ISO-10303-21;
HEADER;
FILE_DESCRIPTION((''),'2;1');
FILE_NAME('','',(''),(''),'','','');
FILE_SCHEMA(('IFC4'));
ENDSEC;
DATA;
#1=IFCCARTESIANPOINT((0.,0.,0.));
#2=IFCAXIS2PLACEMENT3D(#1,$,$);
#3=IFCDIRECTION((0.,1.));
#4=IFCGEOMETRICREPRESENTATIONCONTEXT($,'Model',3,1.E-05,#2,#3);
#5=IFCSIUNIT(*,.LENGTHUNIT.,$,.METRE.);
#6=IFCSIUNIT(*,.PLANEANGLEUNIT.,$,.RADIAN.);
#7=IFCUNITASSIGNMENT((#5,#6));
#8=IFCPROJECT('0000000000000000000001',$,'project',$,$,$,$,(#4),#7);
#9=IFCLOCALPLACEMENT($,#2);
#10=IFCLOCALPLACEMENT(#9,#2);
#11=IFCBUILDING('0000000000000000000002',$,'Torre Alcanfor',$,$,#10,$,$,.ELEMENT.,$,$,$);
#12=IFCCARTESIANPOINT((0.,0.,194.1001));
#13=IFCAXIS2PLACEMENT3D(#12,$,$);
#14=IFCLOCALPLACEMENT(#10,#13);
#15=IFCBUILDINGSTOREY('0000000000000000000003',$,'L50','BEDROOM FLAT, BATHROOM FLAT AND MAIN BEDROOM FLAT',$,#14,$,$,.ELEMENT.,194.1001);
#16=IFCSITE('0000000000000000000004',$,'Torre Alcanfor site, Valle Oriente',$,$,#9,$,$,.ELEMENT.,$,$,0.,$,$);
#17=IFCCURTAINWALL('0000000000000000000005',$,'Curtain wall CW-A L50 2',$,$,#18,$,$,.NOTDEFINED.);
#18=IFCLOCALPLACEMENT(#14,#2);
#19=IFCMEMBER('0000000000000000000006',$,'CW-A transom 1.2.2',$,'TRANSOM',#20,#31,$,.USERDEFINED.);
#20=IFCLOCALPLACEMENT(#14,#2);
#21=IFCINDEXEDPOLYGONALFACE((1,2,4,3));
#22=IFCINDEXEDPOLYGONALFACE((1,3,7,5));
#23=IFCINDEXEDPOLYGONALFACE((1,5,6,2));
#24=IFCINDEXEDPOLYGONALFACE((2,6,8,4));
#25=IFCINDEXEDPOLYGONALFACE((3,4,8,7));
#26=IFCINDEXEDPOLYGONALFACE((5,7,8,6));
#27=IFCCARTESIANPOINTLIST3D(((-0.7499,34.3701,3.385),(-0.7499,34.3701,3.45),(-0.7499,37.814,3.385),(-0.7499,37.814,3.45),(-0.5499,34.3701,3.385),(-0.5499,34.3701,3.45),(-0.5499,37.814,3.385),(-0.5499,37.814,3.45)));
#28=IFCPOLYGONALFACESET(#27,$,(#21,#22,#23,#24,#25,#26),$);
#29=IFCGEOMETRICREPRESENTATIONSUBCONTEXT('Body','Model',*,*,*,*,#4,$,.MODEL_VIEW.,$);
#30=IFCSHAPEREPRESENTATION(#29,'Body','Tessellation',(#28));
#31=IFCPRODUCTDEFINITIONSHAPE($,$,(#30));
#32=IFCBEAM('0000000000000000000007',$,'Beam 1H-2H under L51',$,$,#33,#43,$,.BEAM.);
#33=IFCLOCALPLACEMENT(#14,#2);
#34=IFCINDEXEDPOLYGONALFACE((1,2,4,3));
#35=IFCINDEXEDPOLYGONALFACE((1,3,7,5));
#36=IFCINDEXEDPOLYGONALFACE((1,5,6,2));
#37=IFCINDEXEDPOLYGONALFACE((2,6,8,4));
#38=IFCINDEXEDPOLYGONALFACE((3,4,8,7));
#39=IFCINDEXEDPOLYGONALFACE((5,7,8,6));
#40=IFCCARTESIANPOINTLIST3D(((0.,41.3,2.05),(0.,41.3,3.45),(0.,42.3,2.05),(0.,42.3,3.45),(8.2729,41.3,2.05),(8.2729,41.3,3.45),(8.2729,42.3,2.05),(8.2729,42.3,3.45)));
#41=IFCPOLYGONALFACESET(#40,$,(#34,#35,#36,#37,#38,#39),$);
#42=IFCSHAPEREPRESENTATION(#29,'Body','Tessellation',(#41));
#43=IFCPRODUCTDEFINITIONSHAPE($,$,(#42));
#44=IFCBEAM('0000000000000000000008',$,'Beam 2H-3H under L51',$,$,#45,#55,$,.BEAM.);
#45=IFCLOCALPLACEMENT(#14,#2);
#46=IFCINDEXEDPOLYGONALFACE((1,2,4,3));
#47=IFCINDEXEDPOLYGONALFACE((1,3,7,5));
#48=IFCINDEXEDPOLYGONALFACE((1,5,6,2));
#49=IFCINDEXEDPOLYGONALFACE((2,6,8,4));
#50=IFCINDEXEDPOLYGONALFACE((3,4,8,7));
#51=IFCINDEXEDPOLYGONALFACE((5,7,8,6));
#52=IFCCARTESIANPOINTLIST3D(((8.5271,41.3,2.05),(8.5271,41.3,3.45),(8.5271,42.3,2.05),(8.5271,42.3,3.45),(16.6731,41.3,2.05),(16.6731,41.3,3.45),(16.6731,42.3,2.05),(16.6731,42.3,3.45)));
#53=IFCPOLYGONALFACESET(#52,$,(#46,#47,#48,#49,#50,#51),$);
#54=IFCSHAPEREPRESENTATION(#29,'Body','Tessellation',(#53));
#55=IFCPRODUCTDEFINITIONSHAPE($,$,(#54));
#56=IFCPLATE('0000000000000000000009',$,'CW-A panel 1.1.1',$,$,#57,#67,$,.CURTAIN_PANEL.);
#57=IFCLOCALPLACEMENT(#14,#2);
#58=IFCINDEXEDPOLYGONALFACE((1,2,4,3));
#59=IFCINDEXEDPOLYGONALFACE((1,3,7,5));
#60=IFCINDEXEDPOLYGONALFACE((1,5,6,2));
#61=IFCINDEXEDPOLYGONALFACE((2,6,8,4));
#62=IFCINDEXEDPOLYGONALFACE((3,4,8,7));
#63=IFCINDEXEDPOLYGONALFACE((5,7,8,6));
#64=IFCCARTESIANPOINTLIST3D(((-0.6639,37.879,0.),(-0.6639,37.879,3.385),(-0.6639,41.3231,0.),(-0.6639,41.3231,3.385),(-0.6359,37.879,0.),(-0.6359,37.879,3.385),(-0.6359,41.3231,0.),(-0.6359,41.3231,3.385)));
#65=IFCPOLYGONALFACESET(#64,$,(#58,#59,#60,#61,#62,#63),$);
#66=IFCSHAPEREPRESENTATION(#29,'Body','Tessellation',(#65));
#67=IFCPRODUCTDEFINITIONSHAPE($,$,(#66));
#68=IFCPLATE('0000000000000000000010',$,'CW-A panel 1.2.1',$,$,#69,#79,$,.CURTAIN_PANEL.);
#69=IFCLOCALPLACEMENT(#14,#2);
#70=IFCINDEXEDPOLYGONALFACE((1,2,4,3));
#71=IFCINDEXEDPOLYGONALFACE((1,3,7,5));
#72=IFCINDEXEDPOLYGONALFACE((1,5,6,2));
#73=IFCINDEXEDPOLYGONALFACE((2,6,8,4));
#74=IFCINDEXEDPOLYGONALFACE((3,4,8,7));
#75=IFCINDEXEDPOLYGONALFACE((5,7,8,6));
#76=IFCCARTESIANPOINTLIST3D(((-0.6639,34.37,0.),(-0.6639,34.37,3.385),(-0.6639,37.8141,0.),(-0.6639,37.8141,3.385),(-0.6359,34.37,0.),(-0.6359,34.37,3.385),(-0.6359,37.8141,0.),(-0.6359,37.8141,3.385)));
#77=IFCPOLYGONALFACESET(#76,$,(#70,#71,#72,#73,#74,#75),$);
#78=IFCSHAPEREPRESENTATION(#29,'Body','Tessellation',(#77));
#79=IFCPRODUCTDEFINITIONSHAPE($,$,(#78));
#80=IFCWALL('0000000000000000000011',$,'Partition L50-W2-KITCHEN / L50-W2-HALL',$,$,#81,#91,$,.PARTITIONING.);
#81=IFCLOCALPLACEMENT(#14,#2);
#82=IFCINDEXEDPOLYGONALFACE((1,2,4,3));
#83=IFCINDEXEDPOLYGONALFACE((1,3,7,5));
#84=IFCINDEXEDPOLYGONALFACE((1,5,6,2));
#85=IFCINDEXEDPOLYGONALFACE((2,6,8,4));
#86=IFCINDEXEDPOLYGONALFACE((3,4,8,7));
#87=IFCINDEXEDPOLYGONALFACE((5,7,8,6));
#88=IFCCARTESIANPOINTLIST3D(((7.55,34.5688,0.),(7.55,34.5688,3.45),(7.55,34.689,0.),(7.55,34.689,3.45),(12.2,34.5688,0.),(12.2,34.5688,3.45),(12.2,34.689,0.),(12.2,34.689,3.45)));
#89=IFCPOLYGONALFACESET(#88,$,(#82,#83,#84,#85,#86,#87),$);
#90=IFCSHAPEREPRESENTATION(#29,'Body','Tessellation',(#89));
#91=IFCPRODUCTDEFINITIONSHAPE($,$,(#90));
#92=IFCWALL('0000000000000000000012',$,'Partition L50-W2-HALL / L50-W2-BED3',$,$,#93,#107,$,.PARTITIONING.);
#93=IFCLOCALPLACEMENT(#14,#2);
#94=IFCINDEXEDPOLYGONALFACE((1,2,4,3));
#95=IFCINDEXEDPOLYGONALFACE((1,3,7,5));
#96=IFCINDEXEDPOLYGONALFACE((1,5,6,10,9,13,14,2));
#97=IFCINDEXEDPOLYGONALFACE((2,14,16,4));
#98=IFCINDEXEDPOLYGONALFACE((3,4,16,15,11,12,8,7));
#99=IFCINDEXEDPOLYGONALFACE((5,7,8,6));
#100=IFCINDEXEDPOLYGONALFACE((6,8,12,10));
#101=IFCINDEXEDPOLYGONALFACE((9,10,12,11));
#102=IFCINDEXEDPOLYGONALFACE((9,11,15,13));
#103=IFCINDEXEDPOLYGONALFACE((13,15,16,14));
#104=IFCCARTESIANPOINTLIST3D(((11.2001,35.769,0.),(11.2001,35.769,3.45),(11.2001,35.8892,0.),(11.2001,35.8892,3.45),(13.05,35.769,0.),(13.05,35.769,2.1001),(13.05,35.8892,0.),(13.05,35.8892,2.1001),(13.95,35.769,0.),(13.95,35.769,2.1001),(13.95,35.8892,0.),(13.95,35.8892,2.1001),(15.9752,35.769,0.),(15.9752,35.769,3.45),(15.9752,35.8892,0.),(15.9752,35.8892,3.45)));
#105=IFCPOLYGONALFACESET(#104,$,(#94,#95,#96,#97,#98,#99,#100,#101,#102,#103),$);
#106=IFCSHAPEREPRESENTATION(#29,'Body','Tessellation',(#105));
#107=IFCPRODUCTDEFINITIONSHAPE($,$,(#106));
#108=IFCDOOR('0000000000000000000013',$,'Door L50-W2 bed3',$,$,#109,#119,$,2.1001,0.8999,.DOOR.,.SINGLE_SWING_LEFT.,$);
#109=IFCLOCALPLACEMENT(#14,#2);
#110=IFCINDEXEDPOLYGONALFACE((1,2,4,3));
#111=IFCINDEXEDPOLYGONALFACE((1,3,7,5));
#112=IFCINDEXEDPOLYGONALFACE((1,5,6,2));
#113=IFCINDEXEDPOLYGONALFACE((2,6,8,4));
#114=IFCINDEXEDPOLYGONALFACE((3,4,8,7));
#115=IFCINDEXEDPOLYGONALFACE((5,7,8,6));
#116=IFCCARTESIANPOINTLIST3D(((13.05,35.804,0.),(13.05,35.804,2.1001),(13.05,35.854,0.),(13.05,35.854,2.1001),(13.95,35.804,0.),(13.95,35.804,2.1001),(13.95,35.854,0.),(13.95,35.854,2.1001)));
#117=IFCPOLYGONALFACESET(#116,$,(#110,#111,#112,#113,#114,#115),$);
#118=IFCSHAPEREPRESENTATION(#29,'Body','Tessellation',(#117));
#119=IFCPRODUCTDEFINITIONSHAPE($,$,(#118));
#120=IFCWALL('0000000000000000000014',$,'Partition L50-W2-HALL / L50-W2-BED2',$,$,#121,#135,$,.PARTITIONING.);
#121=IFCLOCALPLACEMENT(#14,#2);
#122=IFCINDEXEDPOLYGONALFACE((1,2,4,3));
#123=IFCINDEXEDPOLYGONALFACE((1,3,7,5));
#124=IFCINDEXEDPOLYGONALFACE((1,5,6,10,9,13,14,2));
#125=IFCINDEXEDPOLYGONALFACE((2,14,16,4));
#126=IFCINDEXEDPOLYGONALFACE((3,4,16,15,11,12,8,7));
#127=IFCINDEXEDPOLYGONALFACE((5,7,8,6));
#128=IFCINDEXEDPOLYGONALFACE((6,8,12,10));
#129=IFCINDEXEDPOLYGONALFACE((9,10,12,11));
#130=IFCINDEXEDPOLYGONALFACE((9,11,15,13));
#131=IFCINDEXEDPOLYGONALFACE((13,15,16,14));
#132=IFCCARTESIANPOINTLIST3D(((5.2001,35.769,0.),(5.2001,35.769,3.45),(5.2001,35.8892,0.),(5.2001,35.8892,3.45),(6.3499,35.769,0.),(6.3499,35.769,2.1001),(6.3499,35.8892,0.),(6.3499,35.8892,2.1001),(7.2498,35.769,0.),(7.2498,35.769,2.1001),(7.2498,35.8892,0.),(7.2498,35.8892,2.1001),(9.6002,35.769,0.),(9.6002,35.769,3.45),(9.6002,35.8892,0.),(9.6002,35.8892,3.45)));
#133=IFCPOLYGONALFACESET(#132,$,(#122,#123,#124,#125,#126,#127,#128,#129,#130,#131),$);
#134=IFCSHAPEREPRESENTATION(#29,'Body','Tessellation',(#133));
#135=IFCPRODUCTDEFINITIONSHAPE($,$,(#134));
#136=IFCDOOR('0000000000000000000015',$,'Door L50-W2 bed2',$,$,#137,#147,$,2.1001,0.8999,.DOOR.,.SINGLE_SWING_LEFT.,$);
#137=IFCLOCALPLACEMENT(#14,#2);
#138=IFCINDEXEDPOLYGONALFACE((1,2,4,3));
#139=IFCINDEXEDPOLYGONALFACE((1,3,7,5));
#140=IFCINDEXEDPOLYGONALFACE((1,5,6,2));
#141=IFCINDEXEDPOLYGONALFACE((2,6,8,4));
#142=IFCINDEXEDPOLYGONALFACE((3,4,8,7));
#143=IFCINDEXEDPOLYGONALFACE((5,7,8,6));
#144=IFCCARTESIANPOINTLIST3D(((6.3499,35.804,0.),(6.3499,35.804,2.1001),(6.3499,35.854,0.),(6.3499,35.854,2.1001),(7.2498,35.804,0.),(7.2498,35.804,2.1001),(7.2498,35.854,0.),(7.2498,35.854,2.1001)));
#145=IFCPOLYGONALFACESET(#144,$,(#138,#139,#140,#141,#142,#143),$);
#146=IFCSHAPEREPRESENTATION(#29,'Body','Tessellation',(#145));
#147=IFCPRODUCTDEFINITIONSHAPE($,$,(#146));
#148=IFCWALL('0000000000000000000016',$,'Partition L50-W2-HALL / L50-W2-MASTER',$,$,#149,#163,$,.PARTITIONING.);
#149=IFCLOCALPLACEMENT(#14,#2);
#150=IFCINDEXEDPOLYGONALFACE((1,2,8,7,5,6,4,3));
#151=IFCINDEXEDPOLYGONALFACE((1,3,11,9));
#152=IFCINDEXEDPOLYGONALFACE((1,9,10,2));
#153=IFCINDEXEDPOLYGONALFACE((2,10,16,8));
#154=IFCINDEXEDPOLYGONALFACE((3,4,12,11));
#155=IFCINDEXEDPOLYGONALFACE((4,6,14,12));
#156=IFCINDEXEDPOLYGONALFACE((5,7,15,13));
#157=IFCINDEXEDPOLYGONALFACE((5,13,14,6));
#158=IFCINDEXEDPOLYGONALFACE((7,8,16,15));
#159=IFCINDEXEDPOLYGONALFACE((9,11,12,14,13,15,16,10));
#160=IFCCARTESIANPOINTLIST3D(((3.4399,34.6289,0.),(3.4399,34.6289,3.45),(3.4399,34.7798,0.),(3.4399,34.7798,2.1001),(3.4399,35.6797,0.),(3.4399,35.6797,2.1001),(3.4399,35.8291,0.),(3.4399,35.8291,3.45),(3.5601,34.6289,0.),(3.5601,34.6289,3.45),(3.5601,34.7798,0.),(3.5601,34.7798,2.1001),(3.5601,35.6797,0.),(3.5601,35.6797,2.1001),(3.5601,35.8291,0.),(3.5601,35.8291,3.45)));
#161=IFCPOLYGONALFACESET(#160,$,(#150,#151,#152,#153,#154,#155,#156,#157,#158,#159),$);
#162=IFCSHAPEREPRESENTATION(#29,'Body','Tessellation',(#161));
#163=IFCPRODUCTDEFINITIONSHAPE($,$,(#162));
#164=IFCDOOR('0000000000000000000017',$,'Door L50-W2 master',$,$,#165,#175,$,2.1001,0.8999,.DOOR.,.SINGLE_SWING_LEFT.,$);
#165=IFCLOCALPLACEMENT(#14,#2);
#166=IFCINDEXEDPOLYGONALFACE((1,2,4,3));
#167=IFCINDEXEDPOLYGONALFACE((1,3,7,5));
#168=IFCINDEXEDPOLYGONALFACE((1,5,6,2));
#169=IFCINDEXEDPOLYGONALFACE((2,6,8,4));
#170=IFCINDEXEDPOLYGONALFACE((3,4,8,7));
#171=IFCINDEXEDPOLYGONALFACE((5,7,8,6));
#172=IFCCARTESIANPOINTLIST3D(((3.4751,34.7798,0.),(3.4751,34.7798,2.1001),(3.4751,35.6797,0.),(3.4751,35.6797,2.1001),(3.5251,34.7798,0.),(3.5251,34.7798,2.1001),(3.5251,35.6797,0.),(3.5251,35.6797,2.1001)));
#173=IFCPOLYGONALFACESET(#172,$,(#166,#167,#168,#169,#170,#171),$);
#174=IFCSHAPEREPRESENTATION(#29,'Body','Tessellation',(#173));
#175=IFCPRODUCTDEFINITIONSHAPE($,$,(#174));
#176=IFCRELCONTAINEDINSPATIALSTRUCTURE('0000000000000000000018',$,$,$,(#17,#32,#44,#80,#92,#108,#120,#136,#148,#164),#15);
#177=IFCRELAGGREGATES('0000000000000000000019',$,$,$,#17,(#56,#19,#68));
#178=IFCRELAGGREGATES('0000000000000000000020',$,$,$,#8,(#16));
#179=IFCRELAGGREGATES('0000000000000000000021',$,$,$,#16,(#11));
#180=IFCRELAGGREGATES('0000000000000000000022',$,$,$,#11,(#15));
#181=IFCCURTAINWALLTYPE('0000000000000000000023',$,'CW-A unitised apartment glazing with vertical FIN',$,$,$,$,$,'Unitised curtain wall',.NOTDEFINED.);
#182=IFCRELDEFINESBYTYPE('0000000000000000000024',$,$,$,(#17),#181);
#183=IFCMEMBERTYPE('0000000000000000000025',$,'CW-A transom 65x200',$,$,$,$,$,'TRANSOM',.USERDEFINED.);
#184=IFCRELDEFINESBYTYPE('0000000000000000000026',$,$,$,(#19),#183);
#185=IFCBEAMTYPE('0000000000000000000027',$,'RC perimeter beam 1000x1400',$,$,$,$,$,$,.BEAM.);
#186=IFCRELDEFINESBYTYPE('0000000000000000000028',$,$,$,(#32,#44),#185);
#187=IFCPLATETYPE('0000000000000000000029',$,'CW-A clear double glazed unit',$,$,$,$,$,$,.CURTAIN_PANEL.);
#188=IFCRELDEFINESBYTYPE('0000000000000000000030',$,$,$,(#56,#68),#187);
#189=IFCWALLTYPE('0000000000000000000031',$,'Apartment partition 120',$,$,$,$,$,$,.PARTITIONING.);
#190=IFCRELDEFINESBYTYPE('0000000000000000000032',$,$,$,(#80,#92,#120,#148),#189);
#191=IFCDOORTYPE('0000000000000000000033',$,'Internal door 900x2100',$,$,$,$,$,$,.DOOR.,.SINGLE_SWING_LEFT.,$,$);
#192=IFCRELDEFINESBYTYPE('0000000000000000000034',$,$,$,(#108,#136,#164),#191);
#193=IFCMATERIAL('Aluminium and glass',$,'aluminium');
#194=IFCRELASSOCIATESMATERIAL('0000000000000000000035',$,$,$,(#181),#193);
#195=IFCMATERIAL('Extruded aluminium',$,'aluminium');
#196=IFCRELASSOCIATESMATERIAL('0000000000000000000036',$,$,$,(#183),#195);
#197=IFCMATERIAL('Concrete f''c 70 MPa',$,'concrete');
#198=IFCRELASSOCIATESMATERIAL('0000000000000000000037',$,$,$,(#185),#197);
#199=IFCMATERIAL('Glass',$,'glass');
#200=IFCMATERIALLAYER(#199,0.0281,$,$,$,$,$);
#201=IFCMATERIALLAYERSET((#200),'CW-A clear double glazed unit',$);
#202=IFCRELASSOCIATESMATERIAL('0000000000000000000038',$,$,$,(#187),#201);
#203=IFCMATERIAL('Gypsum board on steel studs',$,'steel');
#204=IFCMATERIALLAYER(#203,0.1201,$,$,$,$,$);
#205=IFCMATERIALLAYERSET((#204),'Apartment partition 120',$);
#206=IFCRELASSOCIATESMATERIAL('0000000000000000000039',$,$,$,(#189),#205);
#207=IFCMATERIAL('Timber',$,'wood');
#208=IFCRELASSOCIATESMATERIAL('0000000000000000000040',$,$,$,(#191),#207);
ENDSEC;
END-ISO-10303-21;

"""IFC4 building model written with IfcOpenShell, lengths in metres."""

from ifc_helpers import new_model, si_unit, direction, frame, frame_2d, origin, origin_2d, place, context, subcontext, project, spatial, rectangle, extrude, material, layer, layer_set, material_profile, profile_set, type_object, element, fill, aggregate, save


model = new_model("IFC4")

# Units and contexts
model_context = context("Model", 3, precision=1e-05, world=origin(), true_north=direction((0.0, 1.0)))
body_context = subcontext(model_context, "Body", "Model", "MODEL_VIEW")
ifc_project = project(units=[si_unit("LENGTHUNIT", "METRE"), si_unit("PLANEANGLEUNIT", "RADIAN")], contexts=[model_context])

# Site, building, storey
site_placement = place(None, origin())
site = spatial("IfcSite", under=ifc_project, at=site_placement, Name="Torre Alcanfor site, Valle Oriente", CompositionType="ELEMENT", RefElevation=0.0)
building_placement = place(site_placement, origin())
building = spatial("IfcBuilding", under=site, at=building_placement, Name="Torre Alcanfor", CompositionType="ELEMENT")
storey_placement = place(building_placement, frame((0.0, 0.0, 194.1001)))
storey = spatial("IfcBuildingStorey", under=building, at=storey_placement, Name="L50", Description="BEDROOM FLAT, BATHROOM FLAT AND MAIN BEDROOM FLAT", CompositionType="ELEMENT", Elevation=194.1001)

# Curtain wall, member
ifc_material_1 = material(Name="Aluminium and glass", Category="aluminium")
curtain_wall_type = type_object("IfcCurtainWallType", Name="CW-A unitised apartment glazing with vertical FIN", ElementType="Unitised curtain wall", PredefinedType="NOTDEFINED", material=ifc_material_1)
curtain_wall_placement = place(storey_placement, origin())
curtain_wall = element("IfcCurtainWall", 1, at=curtain_wall_placement, inside=storey, type_object=curtain_wall_type, Name="Curtain wall CW-A L50 2", PredefinedType="NOTDEFINED")
ifc_material_2 = material(Name="Extruded aluminium", Category="aluminium")
ifc_material_profile_1 = material_profile(ifc_material_2, rectangle(XDim=0.2, YDim=0.0649, at=origin_2d()), Name="CW-A transom 200x65")
ifc_profile_set_1 = profile_set([ifc_material_profile_1], Name="Extruded aluminium")
member_type_1 = type_object("IfcMemberType", Name="CW-A transom 65x200", ElementType="TRANSOM", PredefinedType="USERDEFINED", material=ifc_profile_set_1)
member_1_placement = place(storey_placement, frame((-0.6499, 37.814, 3.4175), z_axis=(0.0, -1.0, 0.0), x_axis=(1.0, 0.0, 0.0)))
member_1 = element("IfcMember", 2, at=member_1_placement, type_object=member_type_1, Name="CW-A transom 1.2.2", ObjectType="TRANSOM", PredefinedType="USERDEFINED", context=body_context, shape_type="SweptSolid", body=[
    extrude(rectangle(XDim=0.2, YDim=0.0649, at=origin_2d()), origin(), (0.0, 0.0, 1.0), 3.4438),
])

# Beams
ifc_material_3 = material(Name="Concrete f'c 70 MPa", Category="concrete")
ifc_material_profile_2 = material_profile(ifc_material_3, rectangle(XDim=1.0, YDim=1.3999, at=origin_2d()), Name="1000x1400")
ifc_profile_set_2 = profile_set([ifc_material_profile_2], Name="Concrete f'c 70 MPa")
beam_type_1 = type_object("IfcBeamType", Name="RC perimeter beam 1000x1400", PredefinedType="BEAM", material=ifc_profile_set_2)
beam_1_placement = place(storey_placement, frame((0.0, 41.8, 2.75), z_axis=(1.0, 0.0, 0.0), x_axis=(0.0, 1.0, 0.0)))
element("IfcBeam", 3, at=beam_1_placement, inside=storey, type_object=beam_type_1, Name="Beam 1H-2H under L51", PredefinedType="BEAM", context=body_context, shape_type="SweptSolid", body=[
    extrude(rectangle(XDim=1.0, YDim=1.3999, at=origin_2d()), origin(), (0.0, 0.0, 1.0), 8.2729),
])
beam_2_placement = place(storey_placement, frame((8.5271, 41.8, 2.75), z_axis=(1.0, 0.0, 0.0), x_axis=(0.0, 1.0, 0.0)))
element("IfcBeam", 4, at=beam_2_placement, inside=storey, type_object=beam_type_1, Name="Beam 2H-3H under L51", PredefinedType="BEAM", context=body_context, shape_type="SweptSolid", body=[
    extrude(rectangle(XDim=1.0, YDim=1.3999, at=origin_2d()), origin(), (0.0, 0.0, 1.0), 8.146),
])

# Plates
ifc_material_4 = material(Name="Glass", Category="glass")
ifc_layer_1 = layer(ifc_material_4, 0.0281)
ifc_layer_set_1 = layer_set([ifc_layer_1], Name="CW-A clear double glazed unit")
plate_type = type_object("IfcPlateType", Name="CW-A clear double glazed unit", PredefinedType="CURTAIN_PANEL", material=ifc_layer_set_1)
plate_1_placement = place(storey_placement, frame((-0.6499, 39.6011, 0.0), z_axis=(0.0, 0.0, 1.0), x_axis=(0.0, -1.0, 0.0)))
plate_1 = element("IfcPlate", 5, at=plate_1_placement, type_object=plate_type, Name="CW-A panel 1.1.1", PredefinedType="CURTAIN_PANEL", context=body_context, shape_type="SweptSolid", body=[
    extrude(rectangle(XDim=3.4441, YDim=0.0281, at=origin_2d()), origin(), (0.0, 0.0, 1.0), 3.385),
])
plate_2_placement = place(storey_placement, frame((-0.6499, 36.092, 0.0), z_axis=(0.0, 0.0, 1.0), x_axis=(0.0, -1.0, 0.0)))
plate_2 = element("IfcPlate", 6, at=plate_2_placement, type_object=plate_type, Name="CW-A panel 1.2.1", PredefinedType="CURTAIN_PANEL", context=body_context, shape_type="SweptSolid", body=[
    extrude(rectangle(XDim=3.4441, YDim=0.0281, at=origin_2d()), origin(), (0.0, 0.0, 1.0), 3.385),
])
aggregate(curtain_wall, [plate_1, member_1, plate_2])

# Wall
ifc_material_5 = material(Name="Gypsum board on steel studs", Category="steel")
ifc_layer_2 = layer(ifc_material_5, 0.1201)
ifc_layer_set_2 = layer_set([ifc_layer_2], Name="Apartment partition 120")
wall_type_1 = type_object("IfcWallType", Name="Apartment partition 120", PredefinedType="PARTITIONING", material=ifc_layer_set_2)
wall_1_placement = place(storey_placement, frame((7.55, 34.6289, 0.0), z_axis=(0.0, 0.0, 1.0), x_axis=(1.0, 0.0, 0.0)))
element("IfcWall", 7, at=wall_1_placement, inside=storey, type_object=wall_type_1, Name="Partition L50-W2-KITCHEN / L50-W2-HALL", PredefinedType="PARTITIONING", context=body_context, shape_type="SweptSolid", body=[
    extrude(rectangle(XDim=4.6499, YDim=0.1201, at=frame_2d((2.325, 0.0))), origin(), (0.0, 0.0, 1.0), 3.45),
])

# Walls, openings, doors
wall_2_placement = place(storey_placement, frame((11.2, 35.8291, 0.0), z_axis=(0.0, 0.0, 1.0), x_axis=(1.0, 0.0, 0.0)))
wall_2 = element("IfcWall", 8, at=wall_2_placement, inside=storey, type_object=wall_type_1, Name="Partition L50-W2-HALL / L50-W2-BED3", PredefinedType="PARTITIONING", context=body_context, shape_type="SweptSolid", body=[
    extrude(rectangle(XDim=4.7751, YDim=0.1201, at=frame_2d((2.3877, 0.0))), origin(), (0.0, 0.0, 1.0), 3.45),
])
opening_1_placement = place(wall_2_placement, frame((1.8501, 0.0, 0.0)))
opening_1 = element("IfcOpeningElement", 9, at=opening_1_placement, cuts=wall_2, PredefinedType="OPENING", context=body_context, shape_type="SweptSolid", body=[
    extrude(rectangle(XDim=0.8999, YDim=2.1001, at=frame_2d((0.45, 1.05))), frame((0.0, 0.0701, 0.0), z_axis=(0.0, -1.0, 0.0), x_axis=(1.0, 0.0, 0.0)), (0.0, 0.0, 1.0), 0.1401),
])
ifc_material_6 = material(Name="Timber", Category="wood")
door_type_1 = type_object("IfcDoorType", Name="Internal door 900x2100", OperationType="SINGLE_SWING_LEFT", PredefinedType="DOOR", material=ifc_material_6)
door_1_placement = place(opening_1_placement, origin())
door_1 = element("IfcDoor", 10, at=door_1_placement, inside=storey, type_object=door_type_1, Name="Door L50-W2 bed3", OperationType="SINGLE_SWING_LEFT", OverallHeight=2.1001, OverallWidth=0.8999, PredefinedType="DOOR", context=body_context, shape_type="SweptSolid", body=[
    extrude(rectangle(XDim=0.8999, YDim=2.1001, at=frame_2d((0.45, 1.05))), frame((0.0, 0.0249, 0.0), z_axis=(0.0, -1.0, 0.0), x_axis=(1.0, 0.0, 0.0)), (0.0, 0.0, 1.0), 0.05),
])
fill(opening_1, door_1)
wall_3_placement = place(storey_placement, frame((5.2, 35.8291, 0.0), z_axis=(0.0, 0.0, 1.0), x_axis=(1.0, 0.0, 0.0)))
wall_3 = element("IfcWall", 11, at=wall_3_placement, inside=storey, type_object=wall_type_1, Name="Partition L50-W2-HALL / L50-W2-BED2", PredefinedType="PARTITIONING", context=body_context, shape_type="SweptSolid", body=[
    extrude(rectangle(XDim=4.4001, YDim=0.1201, at=frame_2d((2.2002, 0.0))), origin(), (0.0, 0.0, 1.0), 3.45),
])
opening_2_placement = place(wall_3_placement, frame((1.1499, 0.0, 0.0)))
opening_2 = element("IfcOpeningElement", 12, at=opening_2_placement, cuts=wall_3, PredefinedType="OPENING", context=body_context, shape_type="SweptSolid", body=[
    extrude(rectangle(XDim=0.8999, YDim=2.1001, at=frame_2d((0.45, 1.05))), frame((0.0, 0.0701, 0.0), z_axis=(0.0, -1.0, 0.0), x_axis=(1.0, 0.0, 0.0)), (0.0, 0.0, 1.0), 0.1401),
])
door_2_placement = place(opening_2_placement, origin())
door_2 = element("IfcDoor", 13, at=door_2_placement, inside=storey, type_object=door_type_1, Name="Door L50-W2 bed2", OperationType="SINGLE_SWING_LEFT", OverallHeight=2.1001, OverallWidth=0.8999, PredefinedType="DOOR", context=body_context, shape_type="SweptSolid", body=[
    extrude(rectangle(XDim=0.8999, YDim=2.1001, at=frame_2d((0.45, 1.05))), frame((0.0, 0.0249, 0.0), z_axis=(0.0, -1.0, 0.0), x_axis=(1.0, 0.0, 0.0)), (0.0, 0.0, 1.0), 0.05),
])
fill(opening_2, door_2)
wall_4_placement = place(storey_placement, frame((3.5, 34.6289, 0.0), z_axis=(0.0, 0.0, 1.0), x_axis=(0.0, 1.0, 0.0)))
wall_4 = element("IfcWall", 14, at=wall_4_placement, inside=storey, type_object=wall_type_1, Name="Partition L50-W2-HALL / L50-W2-MASTER", PredefinedType="PARTITIONING", context=body_context, shape_type="SweptSolid", body=[
    extrude(rectangle(XDim=1.2002, YDim=0.1201, at=frame_2d((0.6001, 0.0))), origin(), (0.0, 0.0, 1.0), 3.45),
])
opening_3_placement = place(wall_4_placement, frame((0.1509, 0.0, 0.0)))
opening_3 = element("IfcOpeningElement", 15, at=opening_3_placement, cuts=wall_4, PredefinedType="OPENING", context=body_context, shape_type="SweptSolid", body=[
    extrude(rectangle(XDim=0.8999, YDim=2.1001, at=frame_2d((0.45, 1.05))), frame((0.0, 0.0701, 0.0), z_axis=(0.0, -1.0, 0.0), x_axis=(1.0, 0.0, 0.0)), (0.0, 0.0, 1.0), 0.1401),
])
door_3_placement = place(opening_3_placement, origin())
door_3 = element("IfcDoor", 16, at=door_3_placement, inside=storey, type_object=door_type_1, Name="Door L50-W2 master", OperationType="SINGLE_SWING_LEFT", OverallHeight=2.1001, OverallWidth=0.8999, PredefinedType="DOOR", context=body_context, shape_type="SweptSolid", body=[
    extrude(rectangle(XDim=0.8999, YDim=2.1001, at=frame_2d((0.45, 1.05))), frame((0.0, 0.0249, 0.0), z_axis=(0.0, -1.0, 0.0), x_axis=(1.0, 0.0, 0.0)), (0.0, 0.0, 1.0), 0.05),
])
fill(opening_3, door_3)

save(model, "model.ifc")
